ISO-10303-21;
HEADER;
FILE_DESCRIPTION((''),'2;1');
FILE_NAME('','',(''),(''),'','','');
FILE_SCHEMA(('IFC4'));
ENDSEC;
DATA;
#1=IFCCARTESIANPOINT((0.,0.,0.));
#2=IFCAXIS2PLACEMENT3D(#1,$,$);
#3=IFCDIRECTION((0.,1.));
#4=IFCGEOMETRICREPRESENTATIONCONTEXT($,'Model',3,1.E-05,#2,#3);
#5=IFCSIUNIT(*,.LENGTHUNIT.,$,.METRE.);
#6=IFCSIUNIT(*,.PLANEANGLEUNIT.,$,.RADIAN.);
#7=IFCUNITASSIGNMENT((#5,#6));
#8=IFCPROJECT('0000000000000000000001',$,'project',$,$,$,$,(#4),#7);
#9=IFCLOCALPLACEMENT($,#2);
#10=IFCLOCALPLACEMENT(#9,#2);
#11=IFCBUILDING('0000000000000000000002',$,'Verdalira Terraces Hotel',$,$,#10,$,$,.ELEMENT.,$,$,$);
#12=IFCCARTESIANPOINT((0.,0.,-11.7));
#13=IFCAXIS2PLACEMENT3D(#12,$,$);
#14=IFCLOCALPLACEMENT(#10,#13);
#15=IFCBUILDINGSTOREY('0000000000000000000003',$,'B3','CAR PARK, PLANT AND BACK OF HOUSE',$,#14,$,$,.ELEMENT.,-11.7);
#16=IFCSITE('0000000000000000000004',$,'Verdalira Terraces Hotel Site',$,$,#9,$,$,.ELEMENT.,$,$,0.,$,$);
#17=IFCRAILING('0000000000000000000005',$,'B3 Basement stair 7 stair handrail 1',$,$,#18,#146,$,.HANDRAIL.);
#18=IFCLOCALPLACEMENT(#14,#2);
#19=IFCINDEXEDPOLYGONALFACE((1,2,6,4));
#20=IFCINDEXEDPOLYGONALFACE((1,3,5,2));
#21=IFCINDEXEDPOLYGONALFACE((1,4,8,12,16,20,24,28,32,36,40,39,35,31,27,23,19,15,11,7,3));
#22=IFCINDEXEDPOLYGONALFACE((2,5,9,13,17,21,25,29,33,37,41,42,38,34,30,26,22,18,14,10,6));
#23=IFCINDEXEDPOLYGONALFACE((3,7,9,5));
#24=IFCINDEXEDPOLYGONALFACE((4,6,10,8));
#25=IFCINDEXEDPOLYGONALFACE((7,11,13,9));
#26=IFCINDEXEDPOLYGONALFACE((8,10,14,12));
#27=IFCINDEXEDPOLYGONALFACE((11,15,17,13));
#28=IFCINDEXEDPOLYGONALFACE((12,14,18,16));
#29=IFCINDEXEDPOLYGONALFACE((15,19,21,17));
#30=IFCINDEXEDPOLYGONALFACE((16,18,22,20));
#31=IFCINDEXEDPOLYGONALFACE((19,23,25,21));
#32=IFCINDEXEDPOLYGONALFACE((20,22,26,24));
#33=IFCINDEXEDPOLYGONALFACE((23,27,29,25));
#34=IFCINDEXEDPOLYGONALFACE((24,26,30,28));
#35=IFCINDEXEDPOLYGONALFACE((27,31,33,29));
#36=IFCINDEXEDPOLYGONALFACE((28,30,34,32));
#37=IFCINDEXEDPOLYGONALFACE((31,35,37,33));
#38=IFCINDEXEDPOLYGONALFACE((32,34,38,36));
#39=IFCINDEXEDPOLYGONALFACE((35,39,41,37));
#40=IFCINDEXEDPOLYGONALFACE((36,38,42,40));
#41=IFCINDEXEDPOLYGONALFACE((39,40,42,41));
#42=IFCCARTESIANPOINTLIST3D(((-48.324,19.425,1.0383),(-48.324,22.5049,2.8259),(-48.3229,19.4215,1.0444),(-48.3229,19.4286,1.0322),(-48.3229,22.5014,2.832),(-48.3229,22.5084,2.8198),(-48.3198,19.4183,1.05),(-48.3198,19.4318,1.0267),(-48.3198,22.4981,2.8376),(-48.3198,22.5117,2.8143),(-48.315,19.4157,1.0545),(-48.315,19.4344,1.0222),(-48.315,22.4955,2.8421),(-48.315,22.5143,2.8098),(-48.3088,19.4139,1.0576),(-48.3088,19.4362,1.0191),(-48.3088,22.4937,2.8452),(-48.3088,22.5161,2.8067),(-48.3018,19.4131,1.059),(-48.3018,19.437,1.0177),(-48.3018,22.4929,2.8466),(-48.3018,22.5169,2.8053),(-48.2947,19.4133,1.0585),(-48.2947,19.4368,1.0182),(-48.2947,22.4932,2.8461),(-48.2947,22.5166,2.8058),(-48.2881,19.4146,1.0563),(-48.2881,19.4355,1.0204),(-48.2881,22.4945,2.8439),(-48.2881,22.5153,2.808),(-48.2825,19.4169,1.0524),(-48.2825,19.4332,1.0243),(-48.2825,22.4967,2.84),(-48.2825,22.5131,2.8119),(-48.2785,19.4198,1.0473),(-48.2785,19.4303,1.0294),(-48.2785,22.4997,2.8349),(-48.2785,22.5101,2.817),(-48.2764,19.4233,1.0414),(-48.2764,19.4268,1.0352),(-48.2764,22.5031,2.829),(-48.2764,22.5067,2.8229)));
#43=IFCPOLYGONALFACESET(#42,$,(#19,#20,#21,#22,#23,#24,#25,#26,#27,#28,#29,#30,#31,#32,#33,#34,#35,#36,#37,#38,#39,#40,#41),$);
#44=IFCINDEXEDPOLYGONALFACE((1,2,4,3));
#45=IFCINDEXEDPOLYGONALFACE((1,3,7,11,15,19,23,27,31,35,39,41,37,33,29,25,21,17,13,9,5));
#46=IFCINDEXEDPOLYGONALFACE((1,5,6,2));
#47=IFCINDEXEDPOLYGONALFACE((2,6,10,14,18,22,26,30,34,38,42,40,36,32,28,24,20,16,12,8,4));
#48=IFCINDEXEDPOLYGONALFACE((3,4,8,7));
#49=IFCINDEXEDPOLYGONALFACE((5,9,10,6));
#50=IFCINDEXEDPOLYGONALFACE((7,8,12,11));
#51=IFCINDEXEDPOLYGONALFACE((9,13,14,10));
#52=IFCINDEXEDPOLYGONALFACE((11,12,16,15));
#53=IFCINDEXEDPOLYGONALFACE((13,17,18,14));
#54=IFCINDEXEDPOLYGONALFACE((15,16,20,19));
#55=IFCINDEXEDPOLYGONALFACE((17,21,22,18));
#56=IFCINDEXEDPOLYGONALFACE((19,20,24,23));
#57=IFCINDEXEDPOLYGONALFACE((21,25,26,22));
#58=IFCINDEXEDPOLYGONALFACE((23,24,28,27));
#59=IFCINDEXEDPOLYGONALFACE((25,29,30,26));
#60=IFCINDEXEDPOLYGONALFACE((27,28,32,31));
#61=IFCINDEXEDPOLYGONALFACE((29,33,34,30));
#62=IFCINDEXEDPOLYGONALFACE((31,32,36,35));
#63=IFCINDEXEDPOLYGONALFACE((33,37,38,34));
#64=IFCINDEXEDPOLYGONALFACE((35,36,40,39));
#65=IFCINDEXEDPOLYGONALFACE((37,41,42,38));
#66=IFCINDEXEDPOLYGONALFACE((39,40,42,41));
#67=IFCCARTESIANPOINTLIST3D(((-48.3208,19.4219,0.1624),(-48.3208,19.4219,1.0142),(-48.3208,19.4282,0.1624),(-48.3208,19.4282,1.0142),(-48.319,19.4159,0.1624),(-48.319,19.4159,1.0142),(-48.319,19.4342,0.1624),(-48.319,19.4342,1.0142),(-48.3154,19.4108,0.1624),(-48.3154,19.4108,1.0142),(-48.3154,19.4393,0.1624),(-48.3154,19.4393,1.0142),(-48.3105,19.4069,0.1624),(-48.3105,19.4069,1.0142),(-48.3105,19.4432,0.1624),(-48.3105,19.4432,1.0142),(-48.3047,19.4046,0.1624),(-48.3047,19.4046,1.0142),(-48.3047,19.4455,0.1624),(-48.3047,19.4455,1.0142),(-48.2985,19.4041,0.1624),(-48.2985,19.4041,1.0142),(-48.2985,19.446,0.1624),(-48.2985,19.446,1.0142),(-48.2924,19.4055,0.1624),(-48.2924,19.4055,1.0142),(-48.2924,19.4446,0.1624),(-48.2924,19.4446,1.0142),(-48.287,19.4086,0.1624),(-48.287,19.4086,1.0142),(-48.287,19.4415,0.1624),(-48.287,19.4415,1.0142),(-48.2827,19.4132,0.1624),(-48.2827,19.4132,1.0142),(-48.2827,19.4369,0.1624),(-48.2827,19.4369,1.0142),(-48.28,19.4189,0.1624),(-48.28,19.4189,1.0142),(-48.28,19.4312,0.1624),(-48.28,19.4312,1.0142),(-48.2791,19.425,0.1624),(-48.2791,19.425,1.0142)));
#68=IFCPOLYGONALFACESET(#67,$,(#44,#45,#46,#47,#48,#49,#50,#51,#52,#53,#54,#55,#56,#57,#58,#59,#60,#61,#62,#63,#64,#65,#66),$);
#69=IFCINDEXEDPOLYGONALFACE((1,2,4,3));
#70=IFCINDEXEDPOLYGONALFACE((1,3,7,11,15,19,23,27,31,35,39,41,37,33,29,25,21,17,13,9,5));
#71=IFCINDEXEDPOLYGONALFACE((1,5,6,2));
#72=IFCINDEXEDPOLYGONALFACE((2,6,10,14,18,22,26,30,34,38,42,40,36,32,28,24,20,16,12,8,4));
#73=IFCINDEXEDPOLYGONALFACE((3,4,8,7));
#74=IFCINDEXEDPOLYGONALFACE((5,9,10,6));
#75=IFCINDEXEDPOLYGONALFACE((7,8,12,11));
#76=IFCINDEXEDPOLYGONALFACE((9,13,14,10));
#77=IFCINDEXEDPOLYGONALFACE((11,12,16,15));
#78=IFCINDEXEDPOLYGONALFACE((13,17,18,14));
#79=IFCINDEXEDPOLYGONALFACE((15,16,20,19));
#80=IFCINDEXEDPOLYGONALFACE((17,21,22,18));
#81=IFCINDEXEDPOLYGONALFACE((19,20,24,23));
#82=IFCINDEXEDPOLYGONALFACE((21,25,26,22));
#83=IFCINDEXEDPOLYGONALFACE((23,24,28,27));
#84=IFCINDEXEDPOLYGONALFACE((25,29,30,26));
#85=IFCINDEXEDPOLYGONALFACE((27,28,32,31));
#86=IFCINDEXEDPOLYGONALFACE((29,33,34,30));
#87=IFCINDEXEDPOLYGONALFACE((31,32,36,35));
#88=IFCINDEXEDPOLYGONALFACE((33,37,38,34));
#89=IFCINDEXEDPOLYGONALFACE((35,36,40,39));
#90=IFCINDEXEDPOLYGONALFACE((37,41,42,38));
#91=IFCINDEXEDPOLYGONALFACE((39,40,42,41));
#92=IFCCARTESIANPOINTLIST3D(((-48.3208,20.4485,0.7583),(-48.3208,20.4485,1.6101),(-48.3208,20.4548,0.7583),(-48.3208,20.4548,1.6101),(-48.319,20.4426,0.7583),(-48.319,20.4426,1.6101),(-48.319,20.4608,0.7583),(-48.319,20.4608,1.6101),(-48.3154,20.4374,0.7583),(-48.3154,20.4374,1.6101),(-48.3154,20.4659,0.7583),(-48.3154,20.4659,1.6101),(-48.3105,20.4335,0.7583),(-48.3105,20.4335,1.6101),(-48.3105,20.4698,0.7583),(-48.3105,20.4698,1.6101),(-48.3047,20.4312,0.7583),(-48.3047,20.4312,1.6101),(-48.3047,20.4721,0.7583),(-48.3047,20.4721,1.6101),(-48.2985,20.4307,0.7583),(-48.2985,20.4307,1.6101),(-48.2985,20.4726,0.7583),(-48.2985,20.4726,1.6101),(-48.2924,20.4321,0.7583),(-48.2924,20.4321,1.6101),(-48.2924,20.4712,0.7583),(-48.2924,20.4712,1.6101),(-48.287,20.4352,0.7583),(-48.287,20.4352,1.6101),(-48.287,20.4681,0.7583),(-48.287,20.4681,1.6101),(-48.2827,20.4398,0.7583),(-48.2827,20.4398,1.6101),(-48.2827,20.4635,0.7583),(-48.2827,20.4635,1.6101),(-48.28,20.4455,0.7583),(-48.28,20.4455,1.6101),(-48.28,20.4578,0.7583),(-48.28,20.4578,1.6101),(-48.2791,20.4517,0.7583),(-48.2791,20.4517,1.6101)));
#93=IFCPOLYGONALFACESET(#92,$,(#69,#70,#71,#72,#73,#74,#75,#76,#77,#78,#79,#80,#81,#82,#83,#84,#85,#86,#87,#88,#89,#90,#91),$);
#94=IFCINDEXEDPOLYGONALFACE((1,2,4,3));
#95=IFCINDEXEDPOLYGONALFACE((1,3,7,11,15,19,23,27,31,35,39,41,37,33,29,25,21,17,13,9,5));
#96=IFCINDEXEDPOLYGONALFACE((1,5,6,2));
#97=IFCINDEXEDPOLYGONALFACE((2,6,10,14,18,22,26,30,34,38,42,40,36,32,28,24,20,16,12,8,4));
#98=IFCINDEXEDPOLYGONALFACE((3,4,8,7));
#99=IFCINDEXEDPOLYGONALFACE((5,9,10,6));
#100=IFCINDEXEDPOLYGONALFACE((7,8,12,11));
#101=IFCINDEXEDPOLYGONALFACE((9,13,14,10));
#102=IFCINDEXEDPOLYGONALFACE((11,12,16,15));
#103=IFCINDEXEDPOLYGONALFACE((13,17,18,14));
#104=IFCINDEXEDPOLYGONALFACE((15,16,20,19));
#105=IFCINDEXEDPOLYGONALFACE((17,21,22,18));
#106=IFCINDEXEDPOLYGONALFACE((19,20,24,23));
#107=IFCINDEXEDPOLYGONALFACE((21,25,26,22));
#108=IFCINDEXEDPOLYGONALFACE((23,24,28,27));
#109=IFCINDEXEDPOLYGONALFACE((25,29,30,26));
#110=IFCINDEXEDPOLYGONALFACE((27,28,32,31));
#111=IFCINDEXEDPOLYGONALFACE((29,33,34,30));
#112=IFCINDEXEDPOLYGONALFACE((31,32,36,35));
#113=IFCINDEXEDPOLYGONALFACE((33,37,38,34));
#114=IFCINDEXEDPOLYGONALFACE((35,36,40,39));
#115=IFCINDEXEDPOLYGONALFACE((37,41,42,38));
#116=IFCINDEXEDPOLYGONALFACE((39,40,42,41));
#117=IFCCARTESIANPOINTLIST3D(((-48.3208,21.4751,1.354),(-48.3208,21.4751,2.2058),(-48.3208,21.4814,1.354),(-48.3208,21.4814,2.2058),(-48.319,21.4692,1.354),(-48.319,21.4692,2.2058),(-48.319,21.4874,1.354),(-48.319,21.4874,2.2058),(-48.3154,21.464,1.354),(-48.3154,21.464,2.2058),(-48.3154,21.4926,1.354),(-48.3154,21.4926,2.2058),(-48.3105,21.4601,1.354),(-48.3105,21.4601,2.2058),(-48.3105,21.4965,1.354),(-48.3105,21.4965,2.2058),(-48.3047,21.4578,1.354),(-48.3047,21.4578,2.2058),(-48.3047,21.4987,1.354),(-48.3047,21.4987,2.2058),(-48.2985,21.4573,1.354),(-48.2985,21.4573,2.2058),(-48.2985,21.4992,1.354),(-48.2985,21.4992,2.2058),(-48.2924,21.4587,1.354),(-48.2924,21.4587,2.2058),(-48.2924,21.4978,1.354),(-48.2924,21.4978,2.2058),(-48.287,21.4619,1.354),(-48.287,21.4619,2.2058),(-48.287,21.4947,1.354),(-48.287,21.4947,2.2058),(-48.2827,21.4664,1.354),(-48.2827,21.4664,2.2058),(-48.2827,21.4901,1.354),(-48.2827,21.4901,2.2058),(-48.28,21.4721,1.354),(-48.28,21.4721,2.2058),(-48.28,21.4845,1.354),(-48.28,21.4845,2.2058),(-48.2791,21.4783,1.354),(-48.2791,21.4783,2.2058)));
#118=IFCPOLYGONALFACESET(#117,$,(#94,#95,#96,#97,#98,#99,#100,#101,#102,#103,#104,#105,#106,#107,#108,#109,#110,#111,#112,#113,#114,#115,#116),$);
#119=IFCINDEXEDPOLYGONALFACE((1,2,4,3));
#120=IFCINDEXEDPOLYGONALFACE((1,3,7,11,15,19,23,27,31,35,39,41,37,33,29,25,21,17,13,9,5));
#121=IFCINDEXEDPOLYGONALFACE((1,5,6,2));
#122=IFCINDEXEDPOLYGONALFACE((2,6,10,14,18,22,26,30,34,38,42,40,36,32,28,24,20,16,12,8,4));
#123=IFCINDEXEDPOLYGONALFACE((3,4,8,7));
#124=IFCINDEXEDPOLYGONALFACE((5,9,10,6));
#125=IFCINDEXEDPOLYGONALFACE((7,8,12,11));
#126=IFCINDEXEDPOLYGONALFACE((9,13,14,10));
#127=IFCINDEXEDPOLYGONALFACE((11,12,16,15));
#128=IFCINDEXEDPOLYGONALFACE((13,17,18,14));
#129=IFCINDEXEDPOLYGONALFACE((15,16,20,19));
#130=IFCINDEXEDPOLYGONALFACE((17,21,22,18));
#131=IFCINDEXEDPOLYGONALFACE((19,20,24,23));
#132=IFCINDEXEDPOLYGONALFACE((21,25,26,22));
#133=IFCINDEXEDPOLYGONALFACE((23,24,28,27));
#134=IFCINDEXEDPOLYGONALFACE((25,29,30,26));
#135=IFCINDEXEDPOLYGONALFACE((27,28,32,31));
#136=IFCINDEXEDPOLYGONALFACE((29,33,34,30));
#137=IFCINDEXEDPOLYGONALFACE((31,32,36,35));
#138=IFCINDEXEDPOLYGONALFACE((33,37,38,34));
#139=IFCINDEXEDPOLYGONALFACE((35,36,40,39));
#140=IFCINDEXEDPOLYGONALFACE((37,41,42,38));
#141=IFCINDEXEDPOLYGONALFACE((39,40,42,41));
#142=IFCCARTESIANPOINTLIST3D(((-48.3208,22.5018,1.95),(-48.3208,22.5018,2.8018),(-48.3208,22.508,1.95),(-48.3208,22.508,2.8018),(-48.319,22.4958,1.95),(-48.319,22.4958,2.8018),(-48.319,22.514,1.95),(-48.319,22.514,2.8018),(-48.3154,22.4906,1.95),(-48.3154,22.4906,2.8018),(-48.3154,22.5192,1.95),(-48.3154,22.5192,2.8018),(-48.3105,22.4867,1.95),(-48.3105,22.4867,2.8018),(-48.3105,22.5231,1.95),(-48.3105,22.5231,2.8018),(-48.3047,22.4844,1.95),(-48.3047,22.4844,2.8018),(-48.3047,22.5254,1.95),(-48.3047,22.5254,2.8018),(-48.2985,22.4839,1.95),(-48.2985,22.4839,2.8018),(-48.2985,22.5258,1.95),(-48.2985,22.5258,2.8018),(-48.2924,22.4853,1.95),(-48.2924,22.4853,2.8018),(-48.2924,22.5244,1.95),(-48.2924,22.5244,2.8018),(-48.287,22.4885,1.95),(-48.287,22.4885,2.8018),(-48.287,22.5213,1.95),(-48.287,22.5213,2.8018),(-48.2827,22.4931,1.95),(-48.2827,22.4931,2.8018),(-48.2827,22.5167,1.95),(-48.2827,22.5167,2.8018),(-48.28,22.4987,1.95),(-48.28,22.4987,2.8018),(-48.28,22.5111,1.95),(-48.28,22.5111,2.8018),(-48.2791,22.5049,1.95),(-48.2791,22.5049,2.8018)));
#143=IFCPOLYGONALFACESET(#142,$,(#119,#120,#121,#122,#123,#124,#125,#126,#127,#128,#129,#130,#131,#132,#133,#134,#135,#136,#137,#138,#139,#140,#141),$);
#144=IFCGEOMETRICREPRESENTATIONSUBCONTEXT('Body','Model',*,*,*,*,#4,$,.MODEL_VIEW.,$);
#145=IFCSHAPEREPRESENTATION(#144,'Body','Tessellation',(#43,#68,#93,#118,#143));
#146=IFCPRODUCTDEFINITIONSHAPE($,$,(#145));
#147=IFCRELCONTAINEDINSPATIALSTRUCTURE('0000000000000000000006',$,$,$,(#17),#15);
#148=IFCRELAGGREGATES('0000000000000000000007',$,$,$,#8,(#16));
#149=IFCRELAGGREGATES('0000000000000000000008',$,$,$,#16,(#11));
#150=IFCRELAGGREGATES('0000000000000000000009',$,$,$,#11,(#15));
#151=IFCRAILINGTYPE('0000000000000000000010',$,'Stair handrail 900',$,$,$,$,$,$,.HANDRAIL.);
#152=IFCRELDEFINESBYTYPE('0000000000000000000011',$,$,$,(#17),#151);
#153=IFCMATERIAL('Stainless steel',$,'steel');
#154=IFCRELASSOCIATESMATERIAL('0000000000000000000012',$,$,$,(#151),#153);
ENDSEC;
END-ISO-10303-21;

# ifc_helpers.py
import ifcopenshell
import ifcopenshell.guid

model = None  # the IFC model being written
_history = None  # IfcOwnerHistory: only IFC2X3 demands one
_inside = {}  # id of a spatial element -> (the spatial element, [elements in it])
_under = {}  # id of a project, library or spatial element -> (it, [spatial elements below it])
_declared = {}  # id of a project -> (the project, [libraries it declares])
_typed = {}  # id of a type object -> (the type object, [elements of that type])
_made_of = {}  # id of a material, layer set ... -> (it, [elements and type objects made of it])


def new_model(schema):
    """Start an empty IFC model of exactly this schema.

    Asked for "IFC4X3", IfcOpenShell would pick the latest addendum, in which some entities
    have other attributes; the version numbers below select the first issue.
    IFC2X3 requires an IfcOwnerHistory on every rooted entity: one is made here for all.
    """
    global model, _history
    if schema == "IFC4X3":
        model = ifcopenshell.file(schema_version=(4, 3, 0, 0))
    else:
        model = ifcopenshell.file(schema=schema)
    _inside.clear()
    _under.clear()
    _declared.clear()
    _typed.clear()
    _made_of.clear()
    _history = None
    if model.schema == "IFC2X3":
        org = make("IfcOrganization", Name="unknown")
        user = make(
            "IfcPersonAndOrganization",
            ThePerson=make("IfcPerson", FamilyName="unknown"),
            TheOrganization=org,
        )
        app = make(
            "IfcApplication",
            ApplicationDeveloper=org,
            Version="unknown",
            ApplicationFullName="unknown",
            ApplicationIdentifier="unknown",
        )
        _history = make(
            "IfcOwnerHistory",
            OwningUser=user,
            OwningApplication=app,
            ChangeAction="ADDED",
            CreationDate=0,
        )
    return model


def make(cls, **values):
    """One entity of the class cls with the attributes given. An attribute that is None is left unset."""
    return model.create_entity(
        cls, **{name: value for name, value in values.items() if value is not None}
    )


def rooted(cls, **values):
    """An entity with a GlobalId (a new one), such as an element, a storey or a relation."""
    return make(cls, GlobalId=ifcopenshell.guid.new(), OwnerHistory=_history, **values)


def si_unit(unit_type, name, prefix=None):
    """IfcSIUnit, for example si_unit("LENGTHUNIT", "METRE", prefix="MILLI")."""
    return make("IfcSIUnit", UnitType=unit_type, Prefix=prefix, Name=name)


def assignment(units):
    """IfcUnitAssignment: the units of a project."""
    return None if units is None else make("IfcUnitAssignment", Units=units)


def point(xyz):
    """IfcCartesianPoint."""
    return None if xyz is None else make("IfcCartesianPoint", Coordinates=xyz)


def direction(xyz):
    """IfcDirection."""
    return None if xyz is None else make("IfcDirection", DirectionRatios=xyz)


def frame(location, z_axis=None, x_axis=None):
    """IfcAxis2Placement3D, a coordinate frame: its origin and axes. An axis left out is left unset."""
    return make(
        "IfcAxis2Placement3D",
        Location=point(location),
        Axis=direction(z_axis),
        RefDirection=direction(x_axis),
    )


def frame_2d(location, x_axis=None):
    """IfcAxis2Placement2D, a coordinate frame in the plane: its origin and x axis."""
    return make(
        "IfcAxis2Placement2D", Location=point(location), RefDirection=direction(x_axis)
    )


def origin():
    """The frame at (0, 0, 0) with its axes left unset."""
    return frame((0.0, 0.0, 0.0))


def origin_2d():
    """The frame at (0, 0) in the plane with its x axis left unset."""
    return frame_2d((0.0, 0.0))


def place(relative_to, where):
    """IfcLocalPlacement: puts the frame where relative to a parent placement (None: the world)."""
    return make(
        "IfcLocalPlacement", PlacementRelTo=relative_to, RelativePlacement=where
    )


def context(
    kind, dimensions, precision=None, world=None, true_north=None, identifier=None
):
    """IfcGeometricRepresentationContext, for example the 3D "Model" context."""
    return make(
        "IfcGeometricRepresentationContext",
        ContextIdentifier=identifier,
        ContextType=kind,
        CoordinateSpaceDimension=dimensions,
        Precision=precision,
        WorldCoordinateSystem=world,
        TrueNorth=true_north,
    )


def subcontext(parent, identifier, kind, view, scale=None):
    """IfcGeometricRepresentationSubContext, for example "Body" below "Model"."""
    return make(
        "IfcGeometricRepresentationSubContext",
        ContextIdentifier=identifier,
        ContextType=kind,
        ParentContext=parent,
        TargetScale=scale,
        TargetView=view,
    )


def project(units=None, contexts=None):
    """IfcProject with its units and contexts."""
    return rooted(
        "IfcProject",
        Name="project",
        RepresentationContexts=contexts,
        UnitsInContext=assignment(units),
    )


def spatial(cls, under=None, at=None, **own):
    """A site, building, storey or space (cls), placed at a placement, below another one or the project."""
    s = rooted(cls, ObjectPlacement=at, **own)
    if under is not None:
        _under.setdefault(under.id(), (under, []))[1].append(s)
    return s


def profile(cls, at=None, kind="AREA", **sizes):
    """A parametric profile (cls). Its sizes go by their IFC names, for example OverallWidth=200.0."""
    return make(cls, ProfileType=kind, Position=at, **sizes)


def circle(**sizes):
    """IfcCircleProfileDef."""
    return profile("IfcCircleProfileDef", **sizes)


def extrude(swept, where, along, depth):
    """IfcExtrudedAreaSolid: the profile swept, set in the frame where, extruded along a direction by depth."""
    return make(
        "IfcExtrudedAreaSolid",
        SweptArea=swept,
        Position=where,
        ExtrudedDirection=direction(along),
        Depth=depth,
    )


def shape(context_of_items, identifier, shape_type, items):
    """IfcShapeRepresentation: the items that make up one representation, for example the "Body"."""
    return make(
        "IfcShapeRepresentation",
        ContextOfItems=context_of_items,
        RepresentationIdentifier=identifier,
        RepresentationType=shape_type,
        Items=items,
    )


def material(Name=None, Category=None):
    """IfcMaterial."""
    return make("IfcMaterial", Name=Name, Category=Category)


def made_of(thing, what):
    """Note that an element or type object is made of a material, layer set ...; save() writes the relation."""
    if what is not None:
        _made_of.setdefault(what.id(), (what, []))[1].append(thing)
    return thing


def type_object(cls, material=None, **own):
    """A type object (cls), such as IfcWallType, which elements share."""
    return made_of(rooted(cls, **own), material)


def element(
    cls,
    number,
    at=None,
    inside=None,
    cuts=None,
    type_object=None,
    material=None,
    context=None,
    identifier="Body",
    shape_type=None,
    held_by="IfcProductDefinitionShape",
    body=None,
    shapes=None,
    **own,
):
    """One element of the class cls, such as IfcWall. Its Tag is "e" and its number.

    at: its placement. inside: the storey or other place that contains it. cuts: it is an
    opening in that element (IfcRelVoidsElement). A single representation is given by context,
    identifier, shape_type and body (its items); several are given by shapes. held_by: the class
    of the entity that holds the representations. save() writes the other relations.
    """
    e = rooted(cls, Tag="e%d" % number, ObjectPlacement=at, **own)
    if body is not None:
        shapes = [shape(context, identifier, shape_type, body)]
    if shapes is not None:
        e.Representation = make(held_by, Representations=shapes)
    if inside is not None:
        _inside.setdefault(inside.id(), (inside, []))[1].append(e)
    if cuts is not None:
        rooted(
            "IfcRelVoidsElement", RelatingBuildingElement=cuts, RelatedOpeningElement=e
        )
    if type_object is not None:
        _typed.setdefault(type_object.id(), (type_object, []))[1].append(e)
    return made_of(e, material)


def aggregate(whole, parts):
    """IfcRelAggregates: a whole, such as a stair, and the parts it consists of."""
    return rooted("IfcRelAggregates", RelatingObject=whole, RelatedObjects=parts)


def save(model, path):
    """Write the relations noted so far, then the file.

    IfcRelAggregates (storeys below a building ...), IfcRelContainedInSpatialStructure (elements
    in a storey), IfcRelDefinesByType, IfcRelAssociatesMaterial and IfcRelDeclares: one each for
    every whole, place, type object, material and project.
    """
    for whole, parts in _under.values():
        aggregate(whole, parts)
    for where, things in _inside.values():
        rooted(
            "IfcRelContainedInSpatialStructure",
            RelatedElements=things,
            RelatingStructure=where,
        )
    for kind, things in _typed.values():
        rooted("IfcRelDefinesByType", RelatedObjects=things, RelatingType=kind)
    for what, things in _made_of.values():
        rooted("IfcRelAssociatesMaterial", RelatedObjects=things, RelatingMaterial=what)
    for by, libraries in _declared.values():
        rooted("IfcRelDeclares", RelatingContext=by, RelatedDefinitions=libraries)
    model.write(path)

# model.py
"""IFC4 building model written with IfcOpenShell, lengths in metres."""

from ifc_helpers import new_model, si_unit, direction, frame, origin, origin_2d, place, context, subcontext, project, spatial, circle, extrude, material, type_object, element, save


model = new_model("IFC4")

# Units and contexts
model_context = context("Model", 3, precision=1e-05, world=origin(), true_north=direction((0.0, 1.0)))
body_context = subcontext(model_context, "Body", "Model", "MODEL_VIEW")
ifc_project = project(units=[si_unit("LENGTHUNIT", "METRE"), si_unit("PLANEANGLEUNIT", "RADIAN")], contexts=[model_context])

# Site, building, storey
site_placement = place(None, origin())
site = spatial("IfcSite", under=ifc_project, at=site_placement, Name="Verdalira Terraces Hotel Site", CompositionType="ELEMENT", RefElevation=0.0)
building_placement = place(site_placement, origin())
building = spatial("IfcBuilding", under=site, at=building_placement, Name="Verdalira Terraces Hotel", CompositionType="ELEMENT")
storey_placement = place(building_placement, frame((0.0, 0.0, -11.7)))
storey = spatial("IfcBuildingStorey", under=building, at=storey_placement, Name="B3", Description="CAR PARK, PLANT AND BACK OF HOUSE", CompositionType="ELEMENT", Elevation=-11.7)

# Railing
ifc_material_1 = material(Name="Stainless steel", Category="steel")
railing_type_1 = type_object("IfcRailingType", Name="Stair handrail 900", PredefinedType="HANDRAIL", material=ifc_material_1)
railing_1_placement = place(storey_placement, frame((-48.3, 19.425, 0.1624)))
element("IfcRailing", 1, at=railing_1_placement, inside=storey, type_object=railing_type_1, Name="B3 Basement stair 7 stair handrail 1", PredefinedType="HANDRAIL", context=body_context, shape_type="SweptSolid", body=[
    extrude(circle(Radius=0.0239, at=origin_2d()), frame((0.0, 0.0, 0.876), z_axis=(0.0, 0.864873, 0.50199), x_axis=(-1.0, 0.0, 0.0)), (0.0, 0.0, 1.0), 3.561),
    extrude(circle(Radius=0.021, at=origin_2d()), origin(), (0.0, 0.0, 1.0), 0.8518),
    extrude(circle(Radius=0.021, at=origin_2d()), frame((0.0, 1.0266, 0.5959)), (0.0, 0.0, 1.0), 0.8518),
    extrude(circle(Radius=0.021, at=origin_2d()), frame((0.0, 2.0532, 1.1917)), (0.0, 0.0, 1.0), 0.8518),
    extrude(circle(Radius=0.021, at=origin_2d()), frame((0.0, 3.0798, 1.7876)), (0.0, 0.0, 1.0), 0.8518),
])

save(model, "model.ifc")
